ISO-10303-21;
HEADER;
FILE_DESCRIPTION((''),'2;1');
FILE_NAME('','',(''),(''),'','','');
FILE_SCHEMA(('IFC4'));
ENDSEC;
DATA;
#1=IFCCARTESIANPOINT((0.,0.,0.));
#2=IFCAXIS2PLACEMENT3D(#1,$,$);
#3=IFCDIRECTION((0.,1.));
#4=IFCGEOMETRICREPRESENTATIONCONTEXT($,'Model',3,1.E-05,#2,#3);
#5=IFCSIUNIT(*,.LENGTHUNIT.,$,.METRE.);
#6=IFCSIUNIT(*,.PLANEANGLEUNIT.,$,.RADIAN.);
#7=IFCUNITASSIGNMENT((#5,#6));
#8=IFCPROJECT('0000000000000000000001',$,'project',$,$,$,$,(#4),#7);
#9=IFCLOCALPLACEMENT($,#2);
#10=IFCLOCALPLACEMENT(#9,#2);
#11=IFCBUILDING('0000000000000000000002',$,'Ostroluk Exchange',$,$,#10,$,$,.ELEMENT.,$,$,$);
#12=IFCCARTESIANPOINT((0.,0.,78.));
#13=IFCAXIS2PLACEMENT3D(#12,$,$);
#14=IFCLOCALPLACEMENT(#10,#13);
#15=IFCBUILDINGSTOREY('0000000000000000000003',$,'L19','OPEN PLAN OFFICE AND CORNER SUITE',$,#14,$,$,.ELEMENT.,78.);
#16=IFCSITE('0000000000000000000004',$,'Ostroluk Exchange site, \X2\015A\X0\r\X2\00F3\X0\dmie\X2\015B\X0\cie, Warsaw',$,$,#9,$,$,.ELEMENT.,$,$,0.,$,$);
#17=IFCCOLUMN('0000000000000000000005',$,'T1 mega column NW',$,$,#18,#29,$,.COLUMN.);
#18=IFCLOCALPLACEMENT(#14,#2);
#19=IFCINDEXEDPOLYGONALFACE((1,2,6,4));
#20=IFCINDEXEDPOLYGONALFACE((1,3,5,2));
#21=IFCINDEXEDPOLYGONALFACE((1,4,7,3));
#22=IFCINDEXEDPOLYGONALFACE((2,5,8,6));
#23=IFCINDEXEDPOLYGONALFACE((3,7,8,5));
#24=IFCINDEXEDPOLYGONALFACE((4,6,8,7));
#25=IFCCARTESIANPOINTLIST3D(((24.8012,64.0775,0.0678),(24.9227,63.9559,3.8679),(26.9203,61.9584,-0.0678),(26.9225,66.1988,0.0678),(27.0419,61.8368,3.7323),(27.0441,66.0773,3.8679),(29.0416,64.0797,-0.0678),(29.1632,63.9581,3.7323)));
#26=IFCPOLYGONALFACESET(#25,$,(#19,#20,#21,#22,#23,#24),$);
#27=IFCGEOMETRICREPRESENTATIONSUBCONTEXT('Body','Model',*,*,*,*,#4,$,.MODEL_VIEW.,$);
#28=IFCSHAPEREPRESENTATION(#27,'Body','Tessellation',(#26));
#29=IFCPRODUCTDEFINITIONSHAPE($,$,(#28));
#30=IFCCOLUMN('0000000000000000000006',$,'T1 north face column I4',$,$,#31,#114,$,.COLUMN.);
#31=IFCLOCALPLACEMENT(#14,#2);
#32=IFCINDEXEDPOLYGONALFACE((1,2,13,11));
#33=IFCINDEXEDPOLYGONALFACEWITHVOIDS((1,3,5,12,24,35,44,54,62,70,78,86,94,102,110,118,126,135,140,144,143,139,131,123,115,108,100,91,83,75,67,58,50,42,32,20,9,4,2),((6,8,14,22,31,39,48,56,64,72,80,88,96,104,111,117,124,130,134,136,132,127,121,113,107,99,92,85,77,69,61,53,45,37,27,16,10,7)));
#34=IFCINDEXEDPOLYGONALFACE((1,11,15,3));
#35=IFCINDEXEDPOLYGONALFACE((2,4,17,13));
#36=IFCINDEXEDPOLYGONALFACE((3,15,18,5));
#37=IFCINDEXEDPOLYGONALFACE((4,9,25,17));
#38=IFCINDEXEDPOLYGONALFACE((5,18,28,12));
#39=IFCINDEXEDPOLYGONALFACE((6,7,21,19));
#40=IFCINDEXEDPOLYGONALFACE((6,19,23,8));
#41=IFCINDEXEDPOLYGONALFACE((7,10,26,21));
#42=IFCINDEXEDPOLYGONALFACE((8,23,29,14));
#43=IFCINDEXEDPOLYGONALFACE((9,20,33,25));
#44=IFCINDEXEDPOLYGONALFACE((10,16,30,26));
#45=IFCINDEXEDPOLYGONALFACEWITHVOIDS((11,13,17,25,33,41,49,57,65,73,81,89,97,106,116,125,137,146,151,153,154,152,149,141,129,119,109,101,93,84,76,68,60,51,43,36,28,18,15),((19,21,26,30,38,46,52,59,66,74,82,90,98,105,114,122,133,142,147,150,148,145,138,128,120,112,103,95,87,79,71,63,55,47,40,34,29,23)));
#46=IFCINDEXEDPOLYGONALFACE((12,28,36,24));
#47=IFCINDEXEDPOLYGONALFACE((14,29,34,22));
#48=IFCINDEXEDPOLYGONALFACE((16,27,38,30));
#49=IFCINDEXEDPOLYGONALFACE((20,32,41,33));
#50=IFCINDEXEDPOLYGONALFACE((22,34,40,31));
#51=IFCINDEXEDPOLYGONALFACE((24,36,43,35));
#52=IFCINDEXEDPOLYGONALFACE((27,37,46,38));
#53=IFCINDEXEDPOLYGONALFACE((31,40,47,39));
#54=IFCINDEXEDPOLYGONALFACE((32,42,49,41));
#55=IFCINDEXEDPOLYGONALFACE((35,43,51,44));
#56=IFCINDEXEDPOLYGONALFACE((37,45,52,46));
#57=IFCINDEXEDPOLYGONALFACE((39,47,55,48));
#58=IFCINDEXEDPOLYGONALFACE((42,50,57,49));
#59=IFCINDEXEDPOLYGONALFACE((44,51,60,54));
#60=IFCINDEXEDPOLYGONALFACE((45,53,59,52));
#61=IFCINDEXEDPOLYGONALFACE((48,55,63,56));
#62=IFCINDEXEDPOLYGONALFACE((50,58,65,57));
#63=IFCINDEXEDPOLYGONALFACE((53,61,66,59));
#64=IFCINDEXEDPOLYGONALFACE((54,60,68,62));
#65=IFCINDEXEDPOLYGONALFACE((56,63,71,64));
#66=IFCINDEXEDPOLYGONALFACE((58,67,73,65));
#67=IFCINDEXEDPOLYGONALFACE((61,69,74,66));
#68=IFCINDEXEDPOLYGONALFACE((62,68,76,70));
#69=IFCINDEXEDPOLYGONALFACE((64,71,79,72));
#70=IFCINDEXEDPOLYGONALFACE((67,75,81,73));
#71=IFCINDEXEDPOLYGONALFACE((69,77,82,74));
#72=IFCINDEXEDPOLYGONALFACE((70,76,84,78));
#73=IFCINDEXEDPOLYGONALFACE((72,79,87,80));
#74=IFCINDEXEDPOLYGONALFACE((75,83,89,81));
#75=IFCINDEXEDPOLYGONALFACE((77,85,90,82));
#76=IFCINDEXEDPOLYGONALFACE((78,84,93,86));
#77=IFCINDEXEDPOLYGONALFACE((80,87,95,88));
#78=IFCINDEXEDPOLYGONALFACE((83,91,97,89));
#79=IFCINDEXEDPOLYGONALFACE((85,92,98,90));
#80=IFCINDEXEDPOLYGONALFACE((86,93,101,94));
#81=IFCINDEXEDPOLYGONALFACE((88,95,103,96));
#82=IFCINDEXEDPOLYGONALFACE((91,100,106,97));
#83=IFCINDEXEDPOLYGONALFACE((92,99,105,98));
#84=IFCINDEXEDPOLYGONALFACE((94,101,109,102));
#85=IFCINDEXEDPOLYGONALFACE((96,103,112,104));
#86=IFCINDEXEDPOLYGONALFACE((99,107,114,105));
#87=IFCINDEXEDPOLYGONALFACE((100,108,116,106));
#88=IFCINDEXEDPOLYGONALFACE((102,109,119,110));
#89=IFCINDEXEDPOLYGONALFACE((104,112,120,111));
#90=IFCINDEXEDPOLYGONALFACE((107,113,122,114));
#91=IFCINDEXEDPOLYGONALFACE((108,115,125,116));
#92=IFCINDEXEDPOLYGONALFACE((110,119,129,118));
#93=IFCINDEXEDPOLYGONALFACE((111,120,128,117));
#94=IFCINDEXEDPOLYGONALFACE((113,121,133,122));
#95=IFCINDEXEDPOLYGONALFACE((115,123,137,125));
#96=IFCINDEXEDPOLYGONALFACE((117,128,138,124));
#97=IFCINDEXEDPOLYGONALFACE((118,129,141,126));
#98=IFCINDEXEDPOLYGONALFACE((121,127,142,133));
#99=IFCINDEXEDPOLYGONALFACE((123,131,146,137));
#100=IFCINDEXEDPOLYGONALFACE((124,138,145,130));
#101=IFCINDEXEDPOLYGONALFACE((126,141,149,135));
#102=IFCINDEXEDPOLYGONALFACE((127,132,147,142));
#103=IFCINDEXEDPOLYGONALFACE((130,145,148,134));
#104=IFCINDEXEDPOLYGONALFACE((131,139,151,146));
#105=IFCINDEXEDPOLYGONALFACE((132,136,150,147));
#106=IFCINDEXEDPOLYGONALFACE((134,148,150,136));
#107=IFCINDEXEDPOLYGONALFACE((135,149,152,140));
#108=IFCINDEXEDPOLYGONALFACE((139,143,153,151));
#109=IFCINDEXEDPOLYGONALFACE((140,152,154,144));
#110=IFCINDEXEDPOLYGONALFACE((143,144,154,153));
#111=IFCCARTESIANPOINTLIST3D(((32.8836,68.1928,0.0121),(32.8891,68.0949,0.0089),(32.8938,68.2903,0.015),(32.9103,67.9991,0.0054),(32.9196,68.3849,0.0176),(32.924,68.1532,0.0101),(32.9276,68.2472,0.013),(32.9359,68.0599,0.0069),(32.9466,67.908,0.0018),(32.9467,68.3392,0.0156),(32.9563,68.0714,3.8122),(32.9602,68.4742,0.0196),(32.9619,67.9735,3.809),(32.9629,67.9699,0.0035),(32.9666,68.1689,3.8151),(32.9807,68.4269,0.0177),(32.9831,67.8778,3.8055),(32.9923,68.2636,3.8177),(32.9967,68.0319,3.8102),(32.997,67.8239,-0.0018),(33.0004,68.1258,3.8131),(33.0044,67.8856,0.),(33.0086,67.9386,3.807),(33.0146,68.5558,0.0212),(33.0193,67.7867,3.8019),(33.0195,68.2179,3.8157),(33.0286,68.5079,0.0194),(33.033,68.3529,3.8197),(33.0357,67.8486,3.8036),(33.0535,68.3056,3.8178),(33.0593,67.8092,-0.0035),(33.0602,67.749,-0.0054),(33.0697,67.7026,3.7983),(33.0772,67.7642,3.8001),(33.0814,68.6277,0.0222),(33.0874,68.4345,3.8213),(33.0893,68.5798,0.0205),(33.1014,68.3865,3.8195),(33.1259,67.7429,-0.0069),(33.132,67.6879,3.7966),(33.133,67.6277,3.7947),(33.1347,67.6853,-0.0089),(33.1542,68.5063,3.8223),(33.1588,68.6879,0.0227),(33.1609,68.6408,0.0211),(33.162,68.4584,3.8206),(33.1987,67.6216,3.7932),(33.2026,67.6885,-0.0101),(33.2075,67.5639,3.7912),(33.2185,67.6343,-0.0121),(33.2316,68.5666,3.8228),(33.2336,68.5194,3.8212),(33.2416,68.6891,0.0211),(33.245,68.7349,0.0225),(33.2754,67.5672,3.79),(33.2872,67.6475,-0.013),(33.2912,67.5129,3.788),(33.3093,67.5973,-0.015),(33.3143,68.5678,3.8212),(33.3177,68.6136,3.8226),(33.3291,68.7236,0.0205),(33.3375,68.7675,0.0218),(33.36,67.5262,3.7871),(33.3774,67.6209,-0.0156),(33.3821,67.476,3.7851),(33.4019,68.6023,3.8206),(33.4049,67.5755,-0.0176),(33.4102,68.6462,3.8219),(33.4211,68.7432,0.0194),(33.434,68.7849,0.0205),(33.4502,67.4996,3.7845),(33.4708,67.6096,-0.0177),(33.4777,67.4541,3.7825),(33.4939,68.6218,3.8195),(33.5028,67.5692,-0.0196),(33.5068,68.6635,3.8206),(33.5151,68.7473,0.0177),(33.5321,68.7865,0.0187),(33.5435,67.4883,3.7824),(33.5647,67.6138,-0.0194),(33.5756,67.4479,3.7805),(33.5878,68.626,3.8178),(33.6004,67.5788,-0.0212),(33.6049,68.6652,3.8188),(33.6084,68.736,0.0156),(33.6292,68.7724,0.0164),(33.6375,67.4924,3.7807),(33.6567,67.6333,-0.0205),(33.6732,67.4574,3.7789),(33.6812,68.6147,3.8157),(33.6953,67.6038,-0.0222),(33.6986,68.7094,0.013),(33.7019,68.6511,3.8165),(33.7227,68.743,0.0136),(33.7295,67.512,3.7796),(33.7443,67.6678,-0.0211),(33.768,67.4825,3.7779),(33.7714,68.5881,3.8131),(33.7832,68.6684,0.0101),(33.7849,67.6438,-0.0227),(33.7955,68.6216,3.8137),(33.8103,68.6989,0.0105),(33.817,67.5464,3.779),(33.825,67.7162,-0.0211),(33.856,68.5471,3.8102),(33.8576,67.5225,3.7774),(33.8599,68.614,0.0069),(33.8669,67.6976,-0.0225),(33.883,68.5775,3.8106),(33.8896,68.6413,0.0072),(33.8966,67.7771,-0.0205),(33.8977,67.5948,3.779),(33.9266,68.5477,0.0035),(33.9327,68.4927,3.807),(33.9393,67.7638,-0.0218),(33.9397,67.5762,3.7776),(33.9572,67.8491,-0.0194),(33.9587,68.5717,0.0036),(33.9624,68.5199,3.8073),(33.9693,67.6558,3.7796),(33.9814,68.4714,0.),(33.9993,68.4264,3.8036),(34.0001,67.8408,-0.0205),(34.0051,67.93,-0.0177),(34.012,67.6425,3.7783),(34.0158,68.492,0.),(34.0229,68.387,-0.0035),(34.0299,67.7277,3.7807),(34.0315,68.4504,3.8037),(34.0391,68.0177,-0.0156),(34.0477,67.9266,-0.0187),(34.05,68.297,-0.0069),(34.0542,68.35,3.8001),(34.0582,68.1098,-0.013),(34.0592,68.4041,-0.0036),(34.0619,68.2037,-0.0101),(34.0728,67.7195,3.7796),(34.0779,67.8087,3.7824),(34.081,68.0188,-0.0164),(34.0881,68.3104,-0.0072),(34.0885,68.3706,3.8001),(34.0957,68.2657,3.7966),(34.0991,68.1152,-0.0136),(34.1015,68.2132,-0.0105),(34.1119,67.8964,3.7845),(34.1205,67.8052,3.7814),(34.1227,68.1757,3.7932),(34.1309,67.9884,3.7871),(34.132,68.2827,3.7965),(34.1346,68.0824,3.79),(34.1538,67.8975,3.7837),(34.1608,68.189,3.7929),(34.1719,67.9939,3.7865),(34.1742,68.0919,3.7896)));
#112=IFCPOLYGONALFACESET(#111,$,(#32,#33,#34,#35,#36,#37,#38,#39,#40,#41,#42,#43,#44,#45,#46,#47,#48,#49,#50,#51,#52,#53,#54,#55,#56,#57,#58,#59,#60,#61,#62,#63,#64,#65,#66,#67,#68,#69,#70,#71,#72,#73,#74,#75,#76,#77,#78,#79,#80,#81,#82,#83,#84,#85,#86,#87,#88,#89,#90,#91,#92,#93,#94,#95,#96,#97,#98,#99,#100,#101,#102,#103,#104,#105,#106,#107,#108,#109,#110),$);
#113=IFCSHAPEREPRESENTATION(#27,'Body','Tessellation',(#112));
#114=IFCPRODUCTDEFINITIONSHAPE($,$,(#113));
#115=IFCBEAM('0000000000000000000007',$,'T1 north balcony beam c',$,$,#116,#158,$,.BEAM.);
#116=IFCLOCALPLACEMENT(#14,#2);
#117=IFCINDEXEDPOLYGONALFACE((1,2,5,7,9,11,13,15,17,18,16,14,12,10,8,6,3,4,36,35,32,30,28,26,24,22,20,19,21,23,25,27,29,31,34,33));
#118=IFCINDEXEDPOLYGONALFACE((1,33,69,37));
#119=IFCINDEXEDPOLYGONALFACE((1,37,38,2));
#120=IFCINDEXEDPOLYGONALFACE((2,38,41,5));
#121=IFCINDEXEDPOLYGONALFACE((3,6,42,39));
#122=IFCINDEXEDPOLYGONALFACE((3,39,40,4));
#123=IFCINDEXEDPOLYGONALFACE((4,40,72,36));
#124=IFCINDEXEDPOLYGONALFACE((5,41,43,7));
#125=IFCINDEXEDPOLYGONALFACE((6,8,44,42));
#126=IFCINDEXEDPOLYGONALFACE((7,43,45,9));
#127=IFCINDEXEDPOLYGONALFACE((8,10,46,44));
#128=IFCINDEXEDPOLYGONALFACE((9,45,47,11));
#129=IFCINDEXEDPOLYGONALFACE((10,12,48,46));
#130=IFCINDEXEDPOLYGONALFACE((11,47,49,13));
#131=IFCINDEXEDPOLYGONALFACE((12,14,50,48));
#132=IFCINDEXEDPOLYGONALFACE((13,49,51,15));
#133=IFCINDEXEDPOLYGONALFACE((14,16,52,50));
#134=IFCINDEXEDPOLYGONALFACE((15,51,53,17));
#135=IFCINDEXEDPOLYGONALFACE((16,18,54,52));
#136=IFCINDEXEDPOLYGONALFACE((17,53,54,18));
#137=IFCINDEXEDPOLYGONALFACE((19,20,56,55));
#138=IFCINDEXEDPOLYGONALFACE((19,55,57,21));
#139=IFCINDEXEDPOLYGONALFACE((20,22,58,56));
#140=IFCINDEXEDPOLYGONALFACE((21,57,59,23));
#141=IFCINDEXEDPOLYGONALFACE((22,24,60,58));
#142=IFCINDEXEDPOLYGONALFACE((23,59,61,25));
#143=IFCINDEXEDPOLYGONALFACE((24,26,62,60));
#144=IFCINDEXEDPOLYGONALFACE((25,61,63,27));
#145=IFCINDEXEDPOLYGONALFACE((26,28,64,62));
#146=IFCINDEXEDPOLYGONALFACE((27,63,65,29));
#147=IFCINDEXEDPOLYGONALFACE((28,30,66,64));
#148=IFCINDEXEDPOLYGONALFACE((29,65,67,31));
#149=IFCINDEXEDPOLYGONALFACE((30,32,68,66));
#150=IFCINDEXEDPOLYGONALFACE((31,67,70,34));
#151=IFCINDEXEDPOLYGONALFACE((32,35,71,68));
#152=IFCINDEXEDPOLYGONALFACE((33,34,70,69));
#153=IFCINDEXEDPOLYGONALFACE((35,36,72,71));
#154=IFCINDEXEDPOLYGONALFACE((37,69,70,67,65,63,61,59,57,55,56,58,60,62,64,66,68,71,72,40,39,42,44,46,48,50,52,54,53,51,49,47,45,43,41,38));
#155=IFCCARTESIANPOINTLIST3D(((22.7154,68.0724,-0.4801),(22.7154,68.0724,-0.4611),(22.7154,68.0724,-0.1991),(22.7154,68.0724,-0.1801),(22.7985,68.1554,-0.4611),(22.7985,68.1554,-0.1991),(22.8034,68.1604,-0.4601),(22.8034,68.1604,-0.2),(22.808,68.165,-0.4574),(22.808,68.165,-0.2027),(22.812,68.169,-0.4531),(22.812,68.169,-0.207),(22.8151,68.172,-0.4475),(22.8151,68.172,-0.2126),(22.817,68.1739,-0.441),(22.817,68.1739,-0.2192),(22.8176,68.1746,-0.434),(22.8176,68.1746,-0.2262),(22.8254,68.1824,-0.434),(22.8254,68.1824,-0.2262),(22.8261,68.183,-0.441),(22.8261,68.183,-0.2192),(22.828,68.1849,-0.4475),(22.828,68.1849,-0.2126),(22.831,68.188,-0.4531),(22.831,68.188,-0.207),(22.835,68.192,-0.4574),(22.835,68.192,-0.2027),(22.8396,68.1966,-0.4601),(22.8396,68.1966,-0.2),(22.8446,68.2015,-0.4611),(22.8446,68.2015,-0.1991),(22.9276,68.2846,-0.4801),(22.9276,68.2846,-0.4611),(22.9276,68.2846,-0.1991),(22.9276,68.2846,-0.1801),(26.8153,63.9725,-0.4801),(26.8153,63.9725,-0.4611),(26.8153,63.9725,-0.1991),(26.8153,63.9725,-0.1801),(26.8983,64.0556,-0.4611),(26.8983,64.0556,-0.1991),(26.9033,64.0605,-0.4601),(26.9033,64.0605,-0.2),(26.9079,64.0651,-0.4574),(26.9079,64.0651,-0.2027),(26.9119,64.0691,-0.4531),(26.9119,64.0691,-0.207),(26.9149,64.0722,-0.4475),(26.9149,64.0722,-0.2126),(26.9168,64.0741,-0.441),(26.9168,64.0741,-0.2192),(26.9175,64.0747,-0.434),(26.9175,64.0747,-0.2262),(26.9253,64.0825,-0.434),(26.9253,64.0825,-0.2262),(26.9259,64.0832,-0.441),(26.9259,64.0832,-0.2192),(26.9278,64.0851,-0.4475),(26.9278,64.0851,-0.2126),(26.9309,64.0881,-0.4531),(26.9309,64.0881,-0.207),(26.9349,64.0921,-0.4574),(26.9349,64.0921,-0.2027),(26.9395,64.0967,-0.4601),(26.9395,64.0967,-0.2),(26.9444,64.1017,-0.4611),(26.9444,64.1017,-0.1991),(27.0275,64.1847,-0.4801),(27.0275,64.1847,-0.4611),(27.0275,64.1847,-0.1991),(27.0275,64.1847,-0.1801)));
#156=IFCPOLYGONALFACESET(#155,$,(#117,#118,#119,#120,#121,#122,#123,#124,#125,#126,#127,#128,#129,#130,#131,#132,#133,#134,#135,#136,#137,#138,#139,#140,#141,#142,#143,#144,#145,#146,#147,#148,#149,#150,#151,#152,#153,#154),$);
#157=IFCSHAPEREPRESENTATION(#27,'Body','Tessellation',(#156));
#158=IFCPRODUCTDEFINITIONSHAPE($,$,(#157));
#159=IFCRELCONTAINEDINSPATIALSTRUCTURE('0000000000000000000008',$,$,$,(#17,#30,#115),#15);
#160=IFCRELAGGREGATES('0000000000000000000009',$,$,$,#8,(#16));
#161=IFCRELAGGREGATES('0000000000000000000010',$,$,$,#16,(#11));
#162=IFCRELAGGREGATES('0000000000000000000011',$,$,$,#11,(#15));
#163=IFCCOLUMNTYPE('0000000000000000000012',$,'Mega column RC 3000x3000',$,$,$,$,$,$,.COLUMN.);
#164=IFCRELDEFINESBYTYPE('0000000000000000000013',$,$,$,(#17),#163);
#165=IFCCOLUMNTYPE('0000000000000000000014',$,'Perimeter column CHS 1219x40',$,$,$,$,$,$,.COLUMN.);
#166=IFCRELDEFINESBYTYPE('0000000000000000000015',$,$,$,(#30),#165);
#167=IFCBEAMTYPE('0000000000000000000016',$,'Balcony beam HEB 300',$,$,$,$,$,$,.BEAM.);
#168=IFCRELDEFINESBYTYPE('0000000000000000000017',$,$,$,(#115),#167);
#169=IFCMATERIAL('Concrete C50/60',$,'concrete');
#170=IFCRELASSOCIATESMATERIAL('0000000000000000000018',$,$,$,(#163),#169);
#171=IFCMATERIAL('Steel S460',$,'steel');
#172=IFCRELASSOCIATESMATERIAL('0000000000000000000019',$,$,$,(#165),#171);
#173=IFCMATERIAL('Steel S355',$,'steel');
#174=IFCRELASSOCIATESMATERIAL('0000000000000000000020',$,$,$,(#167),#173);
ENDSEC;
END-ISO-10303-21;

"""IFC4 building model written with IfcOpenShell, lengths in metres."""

from ifc_helpers import new_model, si_unit, direction, frame, origin, origin_2d, place, context, subcontext, project, spatial, rectangle, hollow_circle, i_section, extrude, material, material_profile, profile_set, type_object, element, save


model = new_model("IFC4")

# Units and contexts
model_context = context("Model", 3, precision=1e-05, world=origin(), true_north=direction((0.0, 1.0)))
body_context = subcontext(model_context, "Body", "Model", "MODEL_VIEW")
ifc_project = project(units=[si_unit("LENGTHUNIT", "METRE"), si_unit("PLANEANGLEUNIT", "RADIAN")], contexts=[model_context])

# Site, building, storey
site_placement = place(None, origin())
site = spatial("IfcSite", under=ifc_project, at=site_placement, Name="Ostroluk Exchange site, Śródmieście, Warsaw", CompositionType="ELEMENT", RefElevation=0.0)
building_placement = place(site_placement, origin())
building = spatial("IfcBuilding", under=site, at=building_placement, Name="Ostroluk Exchange", CompositionType="ELEMENT")
storey_placement = place(building_placement, frame((0.0, 0.0, 78.0)))
storey = spatial("IfcBuildingStorey", under=building, at=storey_placement, Name="L19", Description="OPEN PLAN OFFICE AND CORNER SUITE", CompositionType="ELEMENT", Elevation=78.0)

# Columns
ifc_material_1 = material(Name="Concrete C50/60", Category="concrete")
ifc_material_profile_1 = material_profile(ifc_material_1, rectangle(XDim=3.0, YDim=3.0, at=origin_2d()), Name="RC 3000x3000")
ifc_profile_set_1 = profile_set([ifc_material_profile_1], Name="Concrete C50/60")
column_type_1 = type_object("IfcColumnType", Name="Mega column RC 3000x3000", PredefinedType="COLUMN", material=ifc_profile_set_1)
column_1_placement = place(storey_placement, frame((26.9214, 64.0786, 0.0), z_axis=(0.031962, -0.031962, 0.998978), x_axis=(0.707107, 0.707107, 0.0)))
element("IfcColumn", 1, at=column_1_placement, inside=storey, type_object=column_type_1, Name="T1 mega column NW", PredefinedType="COLUMN", context=body_context, shape_type="SweptSolid", body=[
    extrude(rectangle(XDim=3.0, YDim=3.0, at=origin_2d()), origin(), (0.0, 0.0, 1.0), 3.804),
])
ifc_material_2 = material(Name="Steel S460", Category="steel")
ifc_material_profile_2 = material_profile(ifc_material_2, hollow_circle(Radius=0.6096, WallThickness=0.04, at=origin_2d()), Name="CHS 1219x40")
ifc_profile_set_2 = profile_set([ifc_material_profile_2], Name="Steel S460")
column_type_2 = type_object("IfcColumnType", Name="Perimeter column CHS 1219x40", PredefinedType="COLUMN", material=ifc_profile_set_2)
column_2_placement = place(storey_placement, frame((33.4929, 68.1785, 0.0), z_axis=(0.019132, -0.031909, 0.999308), x_axis=(0.857645, 0.514242, 0.0)))
element("IfcColumn", 2, at=column_2_placement, inside=storey, type_object=column_type_2, Name="T1 north face column I4", PredefinedType="COLUMN", context=body_context, shape_type="SweptSolid", body=[
    extrude(hollow_circle(Radius=0.6096, WallThickness=0.04, at=origin_2d()), origin(), (0.0, 0.0, 1.0), 3.8027),
])

# Beam
ifc_material_3 = material(Name="Steel S355", Category="steel")
ifc_material_profile_3 = material_profile(ifc_material_3, i_section(OverallWidth=0.3, OverallDepth=0.3, WebThickness=0.011, FlangeThickness=0.019, FilletRadius=0.0271, at=origin_2d()), Name="HEB 300")
ifc_profile_set_3 = profile_set([ifc_material_profile_3], Name="Steel S355")
beam_type_1 = type_object("IfcBeamType", Name="Balcony beam HEB 300", PredefinedType="BEAM", material=ifc_profile_set_3)
beam_1_placement = place(storey_placement, frame((26.9214, 64.0786, -0.3301), z_axis=(-0.707107, 0.707107, 0.0), x_axis=(-0.707107, -0.707107, 0.0)))
element("IfcBeam", 3, at=beam_1_placement, inside=storey, type_object=beam_type_1, Name="T1 north balcony beam c", PredefinedType="BEAM", context=body_context, shape_type="SweptSolid", body=[
    extrude(i_section(OverallWidth=0.3, OverallDepth=0.3, WebThickness=0.011, FlangeThickness=0.019, FilletRadius=0.0271, at=origin_2d()), origin(), (0.0, 0.0, 1.0), 5.7981),
])

save(model, "model.ifc")
